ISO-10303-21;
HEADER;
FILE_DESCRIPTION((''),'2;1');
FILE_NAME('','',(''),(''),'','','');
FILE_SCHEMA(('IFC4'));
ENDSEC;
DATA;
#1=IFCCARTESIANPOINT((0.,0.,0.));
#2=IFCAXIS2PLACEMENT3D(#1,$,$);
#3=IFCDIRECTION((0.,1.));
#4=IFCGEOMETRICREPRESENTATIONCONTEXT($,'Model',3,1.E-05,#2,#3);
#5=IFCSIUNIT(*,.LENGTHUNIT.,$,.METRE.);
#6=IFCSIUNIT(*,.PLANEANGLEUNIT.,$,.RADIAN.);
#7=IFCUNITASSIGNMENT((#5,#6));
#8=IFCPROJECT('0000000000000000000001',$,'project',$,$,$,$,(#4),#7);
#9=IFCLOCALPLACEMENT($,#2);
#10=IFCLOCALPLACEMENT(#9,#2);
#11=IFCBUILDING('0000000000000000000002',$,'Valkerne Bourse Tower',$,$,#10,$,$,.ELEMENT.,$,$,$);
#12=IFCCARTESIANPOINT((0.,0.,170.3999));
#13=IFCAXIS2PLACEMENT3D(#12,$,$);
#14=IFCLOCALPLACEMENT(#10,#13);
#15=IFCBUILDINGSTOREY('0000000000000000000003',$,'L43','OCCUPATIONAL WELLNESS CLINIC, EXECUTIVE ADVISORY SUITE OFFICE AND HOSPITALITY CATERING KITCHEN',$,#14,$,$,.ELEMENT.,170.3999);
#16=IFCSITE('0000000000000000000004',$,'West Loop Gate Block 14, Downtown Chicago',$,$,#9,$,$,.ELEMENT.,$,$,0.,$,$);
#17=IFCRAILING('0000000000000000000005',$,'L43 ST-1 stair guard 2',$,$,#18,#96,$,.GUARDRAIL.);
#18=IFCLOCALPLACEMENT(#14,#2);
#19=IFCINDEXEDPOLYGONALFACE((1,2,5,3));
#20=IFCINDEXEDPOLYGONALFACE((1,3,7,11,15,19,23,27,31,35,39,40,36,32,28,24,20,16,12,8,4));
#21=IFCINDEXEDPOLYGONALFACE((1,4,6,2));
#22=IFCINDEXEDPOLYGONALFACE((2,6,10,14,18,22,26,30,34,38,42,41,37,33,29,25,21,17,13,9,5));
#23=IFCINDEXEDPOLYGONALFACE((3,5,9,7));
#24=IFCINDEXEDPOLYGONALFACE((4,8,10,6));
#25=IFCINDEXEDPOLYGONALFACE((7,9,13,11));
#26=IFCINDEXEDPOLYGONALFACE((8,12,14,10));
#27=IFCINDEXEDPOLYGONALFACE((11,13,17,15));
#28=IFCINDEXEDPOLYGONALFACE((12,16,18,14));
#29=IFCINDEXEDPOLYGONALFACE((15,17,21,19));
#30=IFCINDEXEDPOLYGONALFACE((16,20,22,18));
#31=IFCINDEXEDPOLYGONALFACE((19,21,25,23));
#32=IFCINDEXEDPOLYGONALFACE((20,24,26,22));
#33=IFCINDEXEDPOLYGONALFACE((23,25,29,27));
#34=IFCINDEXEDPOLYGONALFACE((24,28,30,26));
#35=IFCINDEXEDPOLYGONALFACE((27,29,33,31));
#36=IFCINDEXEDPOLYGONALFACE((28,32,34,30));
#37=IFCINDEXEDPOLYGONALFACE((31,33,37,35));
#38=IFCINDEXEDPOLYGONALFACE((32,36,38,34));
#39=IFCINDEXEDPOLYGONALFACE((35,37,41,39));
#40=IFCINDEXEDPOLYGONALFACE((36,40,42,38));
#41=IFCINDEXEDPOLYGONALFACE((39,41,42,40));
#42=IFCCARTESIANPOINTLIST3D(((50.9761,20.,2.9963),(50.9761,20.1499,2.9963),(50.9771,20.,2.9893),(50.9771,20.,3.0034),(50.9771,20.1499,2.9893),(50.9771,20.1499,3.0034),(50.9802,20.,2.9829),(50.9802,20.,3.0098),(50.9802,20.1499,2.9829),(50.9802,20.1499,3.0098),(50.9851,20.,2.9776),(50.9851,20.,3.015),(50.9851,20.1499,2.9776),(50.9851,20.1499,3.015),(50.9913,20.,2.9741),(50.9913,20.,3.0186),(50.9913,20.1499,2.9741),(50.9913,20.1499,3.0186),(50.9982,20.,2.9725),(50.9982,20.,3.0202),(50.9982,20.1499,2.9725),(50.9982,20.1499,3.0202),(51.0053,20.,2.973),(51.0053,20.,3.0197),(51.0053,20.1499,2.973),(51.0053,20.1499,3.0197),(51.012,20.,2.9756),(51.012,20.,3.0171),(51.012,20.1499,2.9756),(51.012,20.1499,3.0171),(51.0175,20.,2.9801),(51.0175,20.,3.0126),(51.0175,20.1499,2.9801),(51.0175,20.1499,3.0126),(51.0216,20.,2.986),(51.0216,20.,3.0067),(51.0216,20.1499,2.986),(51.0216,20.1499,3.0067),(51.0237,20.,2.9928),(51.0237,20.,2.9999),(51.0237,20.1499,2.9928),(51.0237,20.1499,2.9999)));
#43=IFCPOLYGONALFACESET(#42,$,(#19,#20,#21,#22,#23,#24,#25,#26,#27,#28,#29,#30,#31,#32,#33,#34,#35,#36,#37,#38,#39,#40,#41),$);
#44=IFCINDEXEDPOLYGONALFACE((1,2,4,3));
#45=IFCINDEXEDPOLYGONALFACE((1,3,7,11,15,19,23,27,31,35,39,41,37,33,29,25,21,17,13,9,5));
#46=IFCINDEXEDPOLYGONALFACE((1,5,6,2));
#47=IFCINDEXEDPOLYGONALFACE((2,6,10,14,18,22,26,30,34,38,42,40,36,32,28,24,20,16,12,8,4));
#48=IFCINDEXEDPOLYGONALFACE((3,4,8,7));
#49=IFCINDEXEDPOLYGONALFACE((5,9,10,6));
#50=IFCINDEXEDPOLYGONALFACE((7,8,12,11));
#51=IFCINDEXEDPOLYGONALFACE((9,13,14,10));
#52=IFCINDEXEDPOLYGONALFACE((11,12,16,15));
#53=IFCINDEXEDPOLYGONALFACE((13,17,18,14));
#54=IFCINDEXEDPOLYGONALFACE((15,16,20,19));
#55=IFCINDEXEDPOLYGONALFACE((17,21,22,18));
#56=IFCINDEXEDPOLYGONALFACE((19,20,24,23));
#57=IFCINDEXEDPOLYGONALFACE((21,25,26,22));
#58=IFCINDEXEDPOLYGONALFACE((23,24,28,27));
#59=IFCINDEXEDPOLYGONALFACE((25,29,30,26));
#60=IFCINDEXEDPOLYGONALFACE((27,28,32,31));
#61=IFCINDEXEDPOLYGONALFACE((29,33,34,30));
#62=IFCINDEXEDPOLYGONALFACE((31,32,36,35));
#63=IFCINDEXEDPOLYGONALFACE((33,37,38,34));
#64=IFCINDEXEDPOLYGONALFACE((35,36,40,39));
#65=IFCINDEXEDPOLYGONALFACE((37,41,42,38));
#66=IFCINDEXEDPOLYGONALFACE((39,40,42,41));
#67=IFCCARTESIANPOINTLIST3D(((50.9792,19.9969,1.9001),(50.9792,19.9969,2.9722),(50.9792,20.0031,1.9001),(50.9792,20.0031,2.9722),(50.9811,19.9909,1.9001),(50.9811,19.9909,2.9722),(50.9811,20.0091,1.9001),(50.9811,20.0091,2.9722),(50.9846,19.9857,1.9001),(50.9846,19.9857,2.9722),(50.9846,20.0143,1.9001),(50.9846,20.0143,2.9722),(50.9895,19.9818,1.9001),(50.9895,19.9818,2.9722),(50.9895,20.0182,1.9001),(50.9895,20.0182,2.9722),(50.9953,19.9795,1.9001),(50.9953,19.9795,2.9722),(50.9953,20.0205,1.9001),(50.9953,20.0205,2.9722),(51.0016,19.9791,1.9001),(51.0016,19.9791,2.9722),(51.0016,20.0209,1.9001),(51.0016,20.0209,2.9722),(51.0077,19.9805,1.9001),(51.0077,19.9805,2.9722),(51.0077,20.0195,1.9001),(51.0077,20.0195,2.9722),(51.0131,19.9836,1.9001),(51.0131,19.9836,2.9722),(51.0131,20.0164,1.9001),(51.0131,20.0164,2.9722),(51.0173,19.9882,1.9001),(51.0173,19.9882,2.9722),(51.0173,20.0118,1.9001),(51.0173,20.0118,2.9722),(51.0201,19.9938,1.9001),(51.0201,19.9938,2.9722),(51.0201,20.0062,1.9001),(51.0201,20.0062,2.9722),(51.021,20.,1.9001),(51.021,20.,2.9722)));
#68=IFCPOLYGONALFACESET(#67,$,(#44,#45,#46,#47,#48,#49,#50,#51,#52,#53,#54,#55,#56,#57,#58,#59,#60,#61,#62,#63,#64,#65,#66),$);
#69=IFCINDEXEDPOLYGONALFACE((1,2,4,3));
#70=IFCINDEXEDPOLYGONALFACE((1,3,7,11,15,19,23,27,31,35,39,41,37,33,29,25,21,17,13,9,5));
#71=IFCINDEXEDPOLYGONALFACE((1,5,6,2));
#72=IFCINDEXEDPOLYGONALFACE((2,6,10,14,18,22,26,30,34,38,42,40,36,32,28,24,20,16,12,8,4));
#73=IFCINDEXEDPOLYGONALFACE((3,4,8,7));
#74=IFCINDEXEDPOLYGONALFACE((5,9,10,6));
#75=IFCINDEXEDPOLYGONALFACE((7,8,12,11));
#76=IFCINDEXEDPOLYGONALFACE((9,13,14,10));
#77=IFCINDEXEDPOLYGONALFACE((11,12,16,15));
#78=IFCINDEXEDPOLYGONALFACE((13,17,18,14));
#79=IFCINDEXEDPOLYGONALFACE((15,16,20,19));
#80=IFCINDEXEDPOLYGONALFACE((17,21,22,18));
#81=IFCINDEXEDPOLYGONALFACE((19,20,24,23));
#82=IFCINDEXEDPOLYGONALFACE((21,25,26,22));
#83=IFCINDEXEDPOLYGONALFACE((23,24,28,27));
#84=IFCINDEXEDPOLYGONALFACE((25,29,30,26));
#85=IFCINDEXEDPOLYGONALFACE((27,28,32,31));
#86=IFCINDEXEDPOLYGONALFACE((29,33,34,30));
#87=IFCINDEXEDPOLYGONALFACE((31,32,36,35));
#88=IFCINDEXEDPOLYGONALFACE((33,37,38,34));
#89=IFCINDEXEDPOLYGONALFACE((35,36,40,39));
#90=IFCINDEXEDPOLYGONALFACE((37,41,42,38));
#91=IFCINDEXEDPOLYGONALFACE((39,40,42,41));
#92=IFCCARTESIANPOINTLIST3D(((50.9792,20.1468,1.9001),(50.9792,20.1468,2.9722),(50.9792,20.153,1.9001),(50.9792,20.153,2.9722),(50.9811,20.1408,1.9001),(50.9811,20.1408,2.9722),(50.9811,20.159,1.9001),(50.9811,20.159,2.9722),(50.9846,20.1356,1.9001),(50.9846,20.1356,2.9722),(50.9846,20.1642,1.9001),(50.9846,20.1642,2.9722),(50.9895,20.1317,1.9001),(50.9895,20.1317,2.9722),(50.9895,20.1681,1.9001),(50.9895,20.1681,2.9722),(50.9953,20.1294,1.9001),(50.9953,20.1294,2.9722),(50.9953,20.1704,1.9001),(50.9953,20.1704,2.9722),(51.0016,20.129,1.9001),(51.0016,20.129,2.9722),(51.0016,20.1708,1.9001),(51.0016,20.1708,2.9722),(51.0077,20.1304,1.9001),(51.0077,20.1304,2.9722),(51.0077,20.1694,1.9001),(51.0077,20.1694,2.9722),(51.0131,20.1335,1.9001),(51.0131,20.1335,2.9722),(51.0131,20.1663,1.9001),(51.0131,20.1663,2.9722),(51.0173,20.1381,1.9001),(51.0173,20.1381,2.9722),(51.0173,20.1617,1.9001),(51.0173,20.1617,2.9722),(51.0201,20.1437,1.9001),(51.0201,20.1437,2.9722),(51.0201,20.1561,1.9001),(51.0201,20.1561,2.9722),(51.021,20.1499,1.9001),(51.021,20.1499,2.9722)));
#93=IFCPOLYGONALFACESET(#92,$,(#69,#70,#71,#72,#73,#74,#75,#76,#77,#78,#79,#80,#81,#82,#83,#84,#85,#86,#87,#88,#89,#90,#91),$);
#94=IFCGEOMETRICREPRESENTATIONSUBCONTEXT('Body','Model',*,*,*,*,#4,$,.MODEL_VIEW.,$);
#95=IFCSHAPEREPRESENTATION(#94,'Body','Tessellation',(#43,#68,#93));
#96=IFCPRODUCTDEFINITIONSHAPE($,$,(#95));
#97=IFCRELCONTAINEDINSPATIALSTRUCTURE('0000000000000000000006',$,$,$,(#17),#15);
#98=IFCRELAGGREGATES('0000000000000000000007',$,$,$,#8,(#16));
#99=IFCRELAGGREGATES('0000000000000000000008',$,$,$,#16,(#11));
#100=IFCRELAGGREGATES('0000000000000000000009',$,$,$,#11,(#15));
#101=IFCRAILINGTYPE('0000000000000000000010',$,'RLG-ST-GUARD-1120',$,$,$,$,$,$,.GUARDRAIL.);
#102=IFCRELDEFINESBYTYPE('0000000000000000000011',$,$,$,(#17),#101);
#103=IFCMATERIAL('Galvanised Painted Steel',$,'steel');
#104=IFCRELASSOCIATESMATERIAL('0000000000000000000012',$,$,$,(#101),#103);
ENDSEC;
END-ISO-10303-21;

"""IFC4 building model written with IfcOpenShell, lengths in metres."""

from ifc_helpers import new_model, si_unit, direction, frame, origin, origin_2d, place, context, subcontext, project, spatial, circle, extrude, material, type_object, element, save


model = new_model("IFC4")

# Units and contexts
model_context = context("Model", 3, precision=1e-05, world=origin(), true_north=direction((0.0, 1.0)))
body_context = subcontext(model_context, "Body", "Model", "MODEL_VIEW")
ifc_project = project(units=[si_unit("LENGTHUNIT", "METRE"), si_unit("PLANEANGLEUNIT", "RADIAN")], contexts=[model_context])

# Site, building, storey
site_placement = place(None, origin())
site = spatial("IfcSite", under=ifc_project, at=site_placement, Name="West Loop Gate Block 14, Downtown Chicago", CompositionType="ELEMENT", RefElevation=0.0)
building_placement = place(site_placement, origin())
building = spatial("IfcBuilding", under=site, at=building_placement, Name="Valkerne Bourse Tower", CompositionType="ELEMENT")
storey_placement = place(building_placement, frame((0.0, 0.0, 170.3999)))
storey = spatial("IfcBuildingStorey", under=building, at=storey_placement, Name="L43", Description="OCCUPATIONAL WELLNESS CLINIC, EXECUTIVE ADVISORY SUITE OFFICE AND HOSPITALITY CATERING KITCHEN", CompositionType="ELEMENT", Elevation=170.3999)

# Shared definitions
ifc_material_1 = material(Name="Galvanised Painted Steel", Category="steel")

# Railing
railing_type_1 = type_object("IfcRailingType", Name="RLG-ST-GUARD-1120", PredefinedType="GUARDRAIL", material=ifc_material_1)
railing_1_placement = place(storey_placement, frame((51.0, 20.0, 1.9001)))
element("IfcRailing", 1, at=railing_1_placement, inside=storey, type_object=railing_type_1, Name="L43 ST-1 stair guard 2", PredefinedType="GUARDRAIL", context=body_context, shape_type="SweptSolid", body=[
    extrude(circle(Radius=0.0239, at=origin_2d()), frame((0.0, 0.0, 1.0962), z_axis=(0.0, 1.0, 0.0), x_axis=(-1.0, 0.0, 0.0)), (0.0, 0.0, 1.0), 0.1499),
    extrude(circle(Radius=0.021, at=origin_2d()), origin(), (0.0, 0.0, 1.0), 1.072),
    extrude(circle(Radius=0.021, at=origin_2d()), frame((0.0, 0.1499, 0.0)), (0.0, 0.0, 1.0), 1.072),
])

save(model, "model.ifc")
